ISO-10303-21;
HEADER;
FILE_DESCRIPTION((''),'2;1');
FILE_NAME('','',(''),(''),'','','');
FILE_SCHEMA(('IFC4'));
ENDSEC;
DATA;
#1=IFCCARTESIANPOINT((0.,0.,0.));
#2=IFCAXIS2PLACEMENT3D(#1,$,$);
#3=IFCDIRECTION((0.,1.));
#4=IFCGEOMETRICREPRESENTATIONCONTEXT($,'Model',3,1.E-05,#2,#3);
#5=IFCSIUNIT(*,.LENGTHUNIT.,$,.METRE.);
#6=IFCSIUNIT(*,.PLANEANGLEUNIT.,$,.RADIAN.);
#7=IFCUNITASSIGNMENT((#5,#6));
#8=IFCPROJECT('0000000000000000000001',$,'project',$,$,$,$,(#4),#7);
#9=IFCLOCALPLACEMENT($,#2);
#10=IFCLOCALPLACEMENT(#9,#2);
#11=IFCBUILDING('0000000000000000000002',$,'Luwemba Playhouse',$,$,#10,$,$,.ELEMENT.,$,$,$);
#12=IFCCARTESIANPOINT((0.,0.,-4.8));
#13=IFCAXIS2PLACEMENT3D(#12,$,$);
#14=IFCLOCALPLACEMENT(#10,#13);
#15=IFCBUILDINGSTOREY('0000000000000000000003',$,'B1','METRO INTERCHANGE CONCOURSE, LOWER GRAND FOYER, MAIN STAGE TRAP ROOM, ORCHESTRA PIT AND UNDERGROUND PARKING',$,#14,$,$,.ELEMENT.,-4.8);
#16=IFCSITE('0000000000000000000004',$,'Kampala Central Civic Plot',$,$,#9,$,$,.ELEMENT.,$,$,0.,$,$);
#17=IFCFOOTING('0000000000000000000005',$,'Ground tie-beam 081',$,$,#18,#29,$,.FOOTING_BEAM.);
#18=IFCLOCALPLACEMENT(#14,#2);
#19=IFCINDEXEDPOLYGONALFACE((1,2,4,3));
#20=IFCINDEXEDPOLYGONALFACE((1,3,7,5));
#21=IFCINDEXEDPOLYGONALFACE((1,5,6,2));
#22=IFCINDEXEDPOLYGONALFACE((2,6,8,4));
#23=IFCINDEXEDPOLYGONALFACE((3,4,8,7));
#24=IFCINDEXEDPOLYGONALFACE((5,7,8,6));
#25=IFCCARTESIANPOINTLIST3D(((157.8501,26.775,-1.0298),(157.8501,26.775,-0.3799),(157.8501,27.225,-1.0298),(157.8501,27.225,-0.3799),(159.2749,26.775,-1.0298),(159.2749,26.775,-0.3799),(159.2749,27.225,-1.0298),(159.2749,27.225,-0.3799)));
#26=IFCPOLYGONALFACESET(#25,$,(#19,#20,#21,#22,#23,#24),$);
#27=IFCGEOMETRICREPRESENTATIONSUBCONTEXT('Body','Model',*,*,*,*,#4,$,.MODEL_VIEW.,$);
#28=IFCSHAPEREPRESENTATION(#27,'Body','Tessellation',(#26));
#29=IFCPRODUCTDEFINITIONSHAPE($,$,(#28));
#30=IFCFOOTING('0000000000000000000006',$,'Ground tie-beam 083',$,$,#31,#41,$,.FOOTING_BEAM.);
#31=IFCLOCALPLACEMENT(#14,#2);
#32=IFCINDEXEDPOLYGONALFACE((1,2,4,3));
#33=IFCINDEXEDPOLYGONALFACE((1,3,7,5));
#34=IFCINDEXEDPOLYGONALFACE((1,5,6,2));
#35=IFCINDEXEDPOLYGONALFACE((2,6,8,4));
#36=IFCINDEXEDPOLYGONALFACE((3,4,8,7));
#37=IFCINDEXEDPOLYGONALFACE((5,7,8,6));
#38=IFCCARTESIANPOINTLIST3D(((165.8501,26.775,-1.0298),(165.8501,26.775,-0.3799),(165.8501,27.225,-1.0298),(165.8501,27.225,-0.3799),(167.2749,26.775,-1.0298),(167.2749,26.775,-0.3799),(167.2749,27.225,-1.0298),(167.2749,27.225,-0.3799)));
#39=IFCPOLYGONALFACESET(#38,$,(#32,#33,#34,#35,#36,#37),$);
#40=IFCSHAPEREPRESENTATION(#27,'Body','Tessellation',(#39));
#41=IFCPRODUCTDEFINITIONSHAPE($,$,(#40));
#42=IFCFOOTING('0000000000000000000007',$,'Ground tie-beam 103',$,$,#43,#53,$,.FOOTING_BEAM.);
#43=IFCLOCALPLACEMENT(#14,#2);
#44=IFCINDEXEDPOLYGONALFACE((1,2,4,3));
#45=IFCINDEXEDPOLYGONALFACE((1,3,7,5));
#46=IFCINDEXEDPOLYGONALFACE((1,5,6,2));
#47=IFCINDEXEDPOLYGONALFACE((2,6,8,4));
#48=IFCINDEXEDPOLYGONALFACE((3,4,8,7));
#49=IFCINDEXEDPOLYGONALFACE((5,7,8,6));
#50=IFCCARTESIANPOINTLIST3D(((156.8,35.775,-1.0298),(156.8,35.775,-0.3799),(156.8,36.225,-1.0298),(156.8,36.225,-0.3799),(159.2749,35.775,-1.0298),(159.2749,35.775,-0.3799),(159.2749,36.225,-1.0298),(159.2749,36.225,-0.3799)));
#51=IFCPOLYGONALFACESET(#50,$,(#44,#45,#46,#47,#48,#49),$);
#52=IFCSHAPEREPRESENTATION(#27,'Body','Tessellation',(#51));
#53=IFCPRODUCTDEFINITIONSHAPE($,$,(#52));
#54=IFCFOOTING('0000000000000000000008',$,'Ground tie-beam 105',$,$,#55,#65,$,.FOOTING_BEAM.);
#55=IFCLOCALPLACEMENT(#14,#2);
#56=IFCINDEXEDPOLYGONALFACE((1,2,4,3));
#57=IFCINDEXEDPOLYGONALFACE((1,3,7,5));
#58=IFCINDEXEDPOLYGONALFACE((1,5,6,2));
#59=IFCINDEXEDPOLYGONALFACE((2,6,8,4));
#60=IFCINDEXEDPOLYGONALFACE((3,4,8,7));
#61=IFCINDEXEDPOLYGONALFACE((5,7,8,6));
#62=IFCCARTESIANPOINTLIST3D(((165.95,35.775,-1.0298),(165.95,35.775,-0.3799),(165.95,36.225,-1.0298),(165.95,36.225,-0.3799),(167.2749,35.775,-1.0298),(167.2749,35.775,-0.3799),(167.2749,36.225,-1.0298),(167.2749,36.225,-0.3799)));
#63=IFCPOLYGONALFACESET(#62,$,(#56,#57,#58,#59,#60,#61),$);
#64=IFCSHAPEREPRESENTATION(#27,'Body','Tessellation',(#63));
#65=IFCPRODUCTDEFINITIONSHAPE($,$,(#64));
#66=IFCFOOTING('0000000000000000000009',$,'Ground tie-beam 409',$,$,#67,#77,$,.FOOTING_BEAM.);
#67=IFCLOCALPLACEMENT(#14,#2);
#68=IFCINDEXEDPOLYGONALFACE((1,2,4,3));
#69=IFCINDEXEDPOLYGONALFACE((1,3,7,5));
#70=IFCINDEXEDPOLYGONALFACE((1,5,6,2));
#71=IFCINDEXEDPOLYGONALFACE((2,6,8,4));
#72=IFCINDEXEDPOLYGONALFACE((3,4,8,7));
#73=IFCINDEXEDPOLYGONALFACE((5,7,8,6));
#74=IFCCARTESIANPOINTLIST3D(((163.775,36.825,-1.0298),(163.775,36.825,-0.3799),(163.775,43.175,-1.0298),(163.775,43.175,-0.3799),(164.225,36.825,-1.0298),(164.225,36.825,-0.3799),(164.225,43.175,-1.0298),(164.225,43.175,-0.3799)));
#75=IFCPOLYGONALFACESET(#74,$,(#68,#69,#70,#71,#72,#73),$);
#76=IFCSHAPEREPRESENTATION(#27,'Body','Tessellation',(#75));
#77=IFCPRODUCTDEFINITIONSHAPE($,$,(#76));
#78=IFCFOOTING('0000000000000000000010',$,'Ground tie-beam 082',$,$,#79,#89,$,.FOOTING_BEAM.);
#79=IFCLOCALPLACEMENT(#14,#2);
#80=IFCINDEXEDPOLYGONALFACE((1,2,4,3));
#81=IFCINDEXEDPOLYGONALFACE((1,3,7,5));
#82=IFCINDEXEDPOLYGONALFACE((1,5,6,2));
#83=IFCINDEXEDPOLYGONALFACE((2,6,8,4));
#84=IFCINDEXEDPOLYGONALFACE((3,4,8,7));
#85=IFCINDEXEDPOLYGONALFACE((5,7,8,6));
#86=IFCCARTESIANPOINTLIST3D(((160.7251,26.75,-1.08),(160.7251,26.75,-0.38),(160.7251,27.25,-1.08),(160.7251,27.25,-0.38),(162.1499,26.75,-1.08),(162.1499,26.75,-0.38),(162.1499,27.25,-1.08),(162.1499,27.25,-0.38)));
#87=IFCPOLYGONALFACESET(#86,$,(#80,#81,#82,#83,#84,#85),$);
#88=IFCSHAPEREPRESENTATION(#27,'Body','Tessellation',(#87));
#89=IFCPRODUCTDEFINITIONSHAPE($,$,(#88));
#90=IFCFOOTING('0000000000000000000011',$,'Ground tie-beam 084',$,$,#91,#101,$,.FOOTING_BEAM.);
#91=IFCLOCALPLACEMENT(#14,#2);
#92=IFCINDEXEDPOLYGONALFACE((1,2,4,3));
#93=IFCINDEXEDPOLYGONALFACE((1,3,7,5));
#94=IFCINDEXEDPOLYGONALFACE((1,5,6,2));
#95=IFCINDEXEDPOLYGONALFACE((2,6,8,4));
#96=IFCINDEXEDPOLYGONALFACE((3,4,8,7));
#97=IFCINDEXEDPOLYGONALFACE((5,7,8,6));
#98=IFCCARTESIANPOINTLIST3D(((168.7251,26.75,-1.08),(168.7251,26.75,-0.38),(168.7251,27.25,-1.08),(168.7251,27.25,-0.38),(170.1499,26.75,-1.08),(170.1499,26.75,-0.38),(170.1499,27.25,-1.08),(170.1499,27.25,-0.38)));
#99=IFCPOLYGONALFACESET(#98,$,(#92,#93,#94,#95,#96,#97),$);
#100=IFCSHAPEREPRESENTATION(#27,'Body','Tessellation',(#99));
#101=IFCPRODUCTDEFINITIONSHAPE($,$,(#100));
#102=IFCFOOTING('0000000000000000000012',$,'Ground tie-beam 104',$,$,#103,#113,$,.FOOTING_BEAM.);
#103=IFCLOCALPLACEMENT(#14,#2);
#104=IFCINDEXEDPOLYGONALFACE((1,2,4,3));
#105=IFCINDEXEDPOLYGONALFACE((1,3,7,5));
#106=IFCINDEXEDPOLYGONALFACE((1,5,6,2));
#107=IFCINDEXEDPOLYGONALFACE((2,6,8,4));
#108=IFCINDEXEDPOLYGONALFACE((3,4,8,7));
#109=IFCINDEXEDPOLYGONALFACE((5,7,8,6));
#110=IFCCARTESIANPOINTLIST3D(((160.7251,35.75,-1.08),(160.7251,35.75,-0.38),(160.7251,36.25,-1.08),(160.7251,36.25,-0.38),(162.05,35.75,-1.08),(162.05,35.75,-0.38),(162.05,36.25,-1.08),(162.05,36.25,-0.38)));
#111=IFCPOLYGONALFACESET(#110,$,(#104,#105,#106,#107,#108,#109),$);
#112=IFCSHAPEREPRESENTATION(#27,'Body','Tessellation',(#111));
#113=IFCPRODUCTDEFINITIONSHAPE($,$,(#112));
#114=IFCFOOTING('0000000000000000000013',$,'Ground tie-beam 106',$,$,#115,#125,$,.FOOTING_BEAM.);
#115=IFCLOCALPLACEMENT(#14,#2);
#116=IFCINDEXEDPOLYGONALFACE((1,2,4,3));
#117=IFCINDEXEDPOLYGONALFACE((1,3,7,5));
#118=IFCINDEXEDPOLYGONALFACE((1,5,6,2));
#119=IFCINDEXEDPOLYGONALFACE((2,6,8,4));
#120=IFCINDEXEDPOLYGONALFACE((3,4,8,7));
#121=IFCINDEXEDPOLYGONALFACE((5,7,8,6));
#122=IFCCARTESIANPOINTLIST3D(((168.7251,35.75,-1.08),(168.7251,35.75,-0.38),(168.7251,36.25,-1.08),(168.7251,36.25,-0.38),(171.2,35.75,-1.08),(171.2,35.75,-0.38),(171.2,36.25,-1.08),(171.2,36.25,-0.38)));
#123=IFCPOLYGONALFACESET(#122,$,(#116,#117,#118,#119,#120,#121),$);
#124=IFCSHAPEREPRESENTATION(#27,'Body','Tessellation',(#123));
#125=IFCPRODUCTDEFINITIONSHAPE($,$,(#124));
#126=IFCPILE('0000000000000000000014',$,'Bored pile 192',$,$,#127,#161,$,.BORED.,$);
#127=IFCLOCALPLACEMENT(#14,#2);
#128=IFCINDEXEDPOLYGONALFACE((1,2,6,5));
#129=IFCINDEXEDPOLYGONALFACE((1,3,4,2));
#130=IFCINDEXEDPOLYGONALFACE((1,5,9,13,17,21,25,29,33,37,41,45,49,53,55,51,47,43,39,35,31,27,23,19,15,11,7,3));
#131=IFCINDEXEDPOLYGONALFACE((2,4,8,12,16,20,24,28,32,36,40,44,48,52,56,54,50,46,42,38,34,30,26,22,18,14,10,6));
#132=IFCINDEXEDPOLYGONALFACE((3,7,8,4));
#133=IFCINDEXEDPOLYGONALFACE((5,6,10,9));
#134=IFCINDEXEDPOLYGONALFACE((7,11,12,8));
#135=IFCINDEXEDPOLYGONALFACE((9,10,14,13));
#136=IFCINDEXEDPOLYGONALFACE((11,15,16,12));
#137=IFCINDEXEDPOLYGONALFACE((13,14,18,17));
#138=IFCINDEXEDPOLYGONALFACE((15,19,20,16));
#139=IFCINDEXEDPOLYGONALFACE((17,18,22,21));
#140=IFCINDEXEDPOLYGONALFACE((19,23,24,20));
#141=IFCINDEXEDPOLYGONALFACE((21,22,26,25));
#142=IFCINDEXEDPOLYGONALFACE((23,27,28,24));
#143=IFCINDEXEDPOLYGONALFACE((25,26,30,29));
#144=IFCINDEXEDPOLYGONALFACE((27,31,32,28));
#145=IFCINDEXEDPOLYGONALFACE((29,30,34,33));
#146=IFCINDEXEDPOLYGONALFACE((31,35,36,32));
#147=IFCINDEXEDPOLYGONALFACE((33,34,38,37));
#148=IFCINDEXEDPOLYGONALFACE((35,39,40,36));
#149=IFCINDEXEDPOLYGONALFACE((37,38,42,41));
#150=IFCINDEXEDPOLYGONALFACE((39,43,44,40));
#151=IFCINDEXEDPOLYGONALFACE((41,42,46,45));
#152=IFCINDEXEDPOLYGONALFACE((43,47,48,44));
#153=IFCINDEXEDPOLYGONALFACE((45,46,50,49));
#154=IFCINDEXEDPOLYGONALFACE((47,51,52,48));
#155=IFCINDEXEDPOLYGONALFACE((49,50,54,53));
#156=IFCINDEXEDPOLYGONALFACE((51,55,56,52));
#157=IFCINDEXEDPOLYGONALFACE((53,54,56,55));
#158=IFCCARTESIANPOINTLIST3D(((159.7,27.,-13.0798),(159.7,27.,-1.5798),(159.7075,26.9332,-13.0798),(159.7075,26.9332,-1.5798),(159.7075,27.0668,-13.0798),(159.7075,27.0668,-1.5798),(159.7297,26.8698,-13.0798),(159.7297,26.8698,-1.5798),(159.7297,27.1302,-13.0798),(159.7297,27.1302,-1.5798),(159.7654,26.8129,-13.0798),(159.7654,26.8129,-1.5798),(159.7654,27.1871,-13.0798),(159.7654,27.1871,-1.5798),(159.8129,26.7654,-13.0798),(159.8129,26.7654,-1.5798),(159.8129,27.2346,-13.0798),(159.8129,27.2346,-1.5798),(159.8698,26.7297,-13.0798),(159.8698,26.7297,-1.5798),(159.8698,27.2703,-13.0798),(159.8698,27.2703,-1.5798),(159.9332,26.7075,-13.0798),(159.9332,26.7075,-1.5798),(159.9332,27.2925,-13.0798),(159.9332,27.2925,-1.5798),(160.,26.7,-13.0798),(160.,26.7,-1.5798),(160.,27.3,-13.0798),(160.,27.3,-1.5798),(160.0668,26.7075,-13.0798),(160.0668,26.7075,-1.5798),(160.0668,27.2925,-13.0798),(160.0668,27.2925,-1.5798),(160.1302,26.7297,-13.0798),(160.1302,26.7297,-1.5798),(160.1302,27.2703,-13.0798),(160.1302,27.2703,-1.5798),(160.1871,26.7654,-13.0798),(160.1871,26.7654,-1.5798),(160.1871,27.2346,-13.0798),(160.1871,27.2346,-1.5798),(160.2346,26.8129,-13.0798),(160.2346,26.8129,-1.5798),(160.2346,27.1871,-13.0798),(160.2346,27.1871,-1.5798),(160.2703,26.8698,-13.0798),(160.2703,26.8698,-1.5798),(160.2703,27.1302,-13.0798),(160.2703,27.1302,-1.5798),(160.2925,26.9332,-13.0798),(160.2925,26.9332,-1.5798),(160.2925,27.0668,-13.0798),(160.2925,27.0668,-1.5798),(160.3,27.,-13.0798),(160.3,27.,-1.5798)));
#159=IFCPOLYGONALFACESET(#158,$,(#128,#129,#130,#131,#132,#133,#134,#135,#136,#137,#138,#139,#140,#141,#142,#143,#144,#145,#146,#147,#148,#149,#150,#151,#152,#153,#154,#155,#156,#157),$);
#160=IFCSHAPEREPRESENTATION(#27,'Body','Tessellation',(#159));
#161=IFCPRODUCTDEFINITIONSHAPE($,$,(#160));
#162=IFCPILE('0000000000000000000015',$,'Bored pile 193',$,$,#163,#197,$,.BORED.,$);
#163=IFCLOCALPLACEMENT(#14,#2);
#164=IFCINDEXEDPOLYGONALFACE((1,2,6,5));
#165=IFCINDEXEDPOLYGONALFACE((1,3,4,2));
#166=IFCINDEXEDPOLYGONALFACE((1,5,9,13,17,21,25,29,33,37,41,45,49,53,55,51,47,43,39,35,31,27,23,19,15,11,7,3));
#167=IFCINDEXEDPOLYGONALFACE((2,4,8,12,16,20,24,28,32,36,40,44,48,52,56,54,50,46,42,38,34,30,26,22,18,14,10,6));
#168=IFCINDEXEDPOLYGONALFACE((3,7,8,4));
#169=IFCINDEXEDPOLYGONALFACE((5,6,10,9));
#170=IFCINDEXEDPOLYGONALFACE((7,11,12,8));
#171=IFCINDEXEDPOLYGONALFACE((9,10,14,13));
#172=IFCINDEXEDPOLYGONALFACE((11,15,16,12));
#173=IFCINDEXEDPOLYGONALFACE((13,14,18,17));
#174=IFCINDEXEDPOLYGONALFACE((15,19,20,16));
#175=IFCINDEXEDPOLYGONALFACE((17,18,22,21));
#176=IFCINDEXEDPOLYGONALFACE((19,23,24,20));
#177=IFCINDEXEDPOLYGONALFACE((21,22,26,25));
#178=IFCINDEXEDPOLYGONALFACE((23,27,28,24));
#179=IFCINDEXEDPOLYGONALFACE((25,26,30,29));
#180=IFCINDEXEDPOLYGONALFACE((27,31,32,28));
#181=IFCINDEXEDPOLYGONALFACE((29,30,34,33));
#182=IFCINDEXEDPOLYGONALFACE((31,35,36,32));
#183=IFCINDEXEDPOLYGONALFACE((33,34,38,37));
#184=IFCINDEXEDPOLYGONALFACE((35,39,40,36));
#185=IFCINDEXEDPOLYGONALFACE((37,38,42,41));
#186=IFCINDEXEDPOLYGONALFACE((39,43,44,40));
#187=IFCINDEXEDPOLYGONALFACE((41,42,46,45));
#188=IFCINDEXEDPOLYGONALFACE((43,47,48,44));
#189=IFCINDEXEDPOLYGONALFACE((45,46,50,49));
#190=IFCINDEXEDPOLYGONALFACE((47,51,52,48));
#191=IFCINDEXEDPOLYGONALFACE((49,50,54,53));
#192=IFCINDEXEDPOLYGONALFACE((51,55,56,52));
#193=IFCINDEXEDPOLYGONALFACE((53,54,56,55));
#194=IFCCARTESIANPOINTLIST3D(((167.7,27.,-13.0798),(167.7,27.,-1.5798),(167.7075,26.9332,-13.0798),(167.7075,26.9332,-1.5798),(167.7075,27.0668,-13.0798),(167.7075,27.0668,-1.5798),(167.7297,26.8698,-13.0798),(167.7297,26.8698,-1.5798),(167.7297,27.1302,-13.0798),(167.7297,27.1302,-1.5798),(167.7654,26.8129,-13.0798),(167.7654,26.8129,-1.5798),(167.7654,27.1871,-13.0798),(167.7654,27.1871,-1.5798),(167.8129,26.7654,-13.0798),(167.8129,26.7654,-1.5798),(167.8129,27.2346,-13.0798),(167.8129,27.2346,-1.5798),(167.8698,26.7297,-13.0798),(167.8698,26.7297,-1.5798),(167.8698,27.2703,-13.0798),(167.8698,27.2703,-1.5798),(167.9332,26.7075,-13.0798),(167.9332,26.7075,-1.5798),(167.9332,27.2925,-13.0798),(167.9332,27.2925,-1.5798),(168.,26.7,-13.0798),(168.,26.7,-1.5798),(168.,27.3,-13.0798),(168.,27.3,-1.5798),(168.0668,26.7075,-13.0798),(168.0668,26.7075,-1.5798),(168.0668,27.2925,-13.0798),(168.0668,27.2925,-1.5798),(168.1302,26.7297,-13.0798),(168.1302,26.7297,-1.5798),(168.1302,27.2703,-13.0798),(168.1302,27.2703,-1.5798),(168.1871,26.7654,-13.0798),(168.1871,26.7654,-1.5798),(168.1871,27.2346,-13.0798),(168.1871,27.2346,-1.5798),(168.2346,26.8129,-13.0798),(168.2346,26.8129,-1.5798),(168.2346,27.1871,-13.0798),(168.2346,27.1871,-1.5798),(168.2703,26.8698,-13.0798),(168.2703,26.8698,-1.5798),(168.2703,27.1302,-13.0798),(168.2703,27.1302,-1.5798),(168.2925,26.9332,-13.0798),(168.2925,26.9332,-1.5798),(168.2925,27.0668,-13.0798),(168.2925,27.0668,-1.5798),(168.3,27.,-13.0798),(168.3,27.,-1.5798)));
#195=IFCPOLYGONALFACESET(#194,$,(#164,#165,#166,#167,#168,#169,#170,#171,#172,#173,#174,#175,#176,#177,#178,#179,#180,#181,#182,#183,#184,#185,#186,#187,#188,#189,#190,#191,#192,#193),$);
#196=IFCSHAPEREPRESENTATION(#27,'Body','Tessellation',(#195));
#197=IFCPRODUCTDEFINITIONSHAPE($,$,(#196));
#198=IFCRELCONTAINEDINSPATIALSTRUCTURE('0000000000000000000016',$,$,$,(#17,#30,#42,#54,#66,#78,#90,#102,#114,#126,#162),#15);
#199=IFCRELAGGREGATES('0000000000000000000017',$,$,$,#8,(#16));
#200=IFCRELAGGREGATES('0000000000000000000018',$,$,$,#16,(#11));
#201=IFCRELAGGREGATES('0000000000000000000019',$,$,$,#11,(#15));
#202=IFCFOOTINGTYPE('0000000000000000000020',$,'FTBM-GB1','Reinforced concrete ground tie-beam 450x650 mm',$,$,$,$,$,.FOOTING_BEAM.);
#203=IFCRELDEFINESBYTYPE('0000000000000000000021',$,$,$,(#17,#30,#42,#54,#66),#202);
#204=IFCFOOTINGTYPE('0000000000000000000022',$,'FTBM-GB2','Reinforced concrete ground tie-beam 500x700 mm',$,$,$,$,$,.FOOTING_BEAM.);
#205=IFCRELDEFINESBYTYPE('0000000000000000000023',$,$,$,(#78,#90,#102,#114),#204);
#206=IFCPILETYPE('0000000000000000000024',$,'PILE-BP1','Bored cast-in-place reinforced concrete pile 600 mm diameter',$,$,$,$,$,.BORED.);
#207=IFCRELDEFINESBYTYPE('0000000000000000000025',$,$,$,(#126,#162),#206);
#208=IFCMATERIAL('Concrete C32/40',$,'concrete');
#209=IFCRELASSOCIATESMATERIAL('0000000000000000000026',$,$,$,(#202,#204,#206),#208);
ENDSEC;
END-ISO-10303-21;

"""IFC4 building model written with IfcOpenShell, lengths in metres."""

from ifc_helpers import new_model, si_unit, direction, frame, origin, origin_2d, place, context, subcontext, project, spatial, rectangle, circle, extrude, material, material_profile, profile_set, type_object, element, save


model = new_model("IFC4")

# Units and contexts
model_context = context("Model", 3, precision=1e-05, world=origin(), true_north=direction((0.0, 1.0)))
body_context = subcontext(model_context, "Body", "Model", "MODEL_VIEW")
ifc_project = project(units=[si_unit("LENGTHUNIT", "METRE"), si_unit("PLANEANGLEUNIT", "RADIAN")], contexts=[model_context])

# Site, building, storey
site_placement = place(None, origin())
site = spatial("IfcSite", under=ifc_project, at=site_placement, Name="Kampala Central Civic Plot", CompositionType="ELEMENT", RefElevation=0.0)
building_placement = place(site_placement, origin())
building = spatial("IfcBuilding", under=site, at=building_placement, Name="Luwemba Playhouse", CompositionType="ELEMENT")
storey_placement = place(building_placement, frame((0.0, 0.0, -4.8)))
storey = spatial("IfcBuildingStorey", under=building, at=storey_placement, Name="B1", Description="METRO INTERCHANGE CONCOURSE, LOWER GRAND FOYER, MAIN STAGE TRAP ROOM, ORCHESTRA PIT AND UNDERGROUND PARKING", CompositionType="ELEMENT", Elevation=-4.8)

# Footings
ifc_material_1 = material(Name="Concrete C32/40", Category="concrete")
ifc_material_profile_1 = material_profile(ifc_material_1, rectangle(XDim=0.45, YDim=0.6499, at=origin_2d()))
ifc_profile_set_1 = profile_set([ifc_material_profile_1], Name="Concrete C32/40")
footing_type_1 = type_object("IfcFootingType", Name="FTBM-GB1", Description="Reinforced concrete ground tie-beam 450x650 mm", PredefinedType="FOOTING_BEAM", material=ifc_profile_set_1)
for number, where, z_axis, x_axis, name in (
    (1, (157.8501, 27.0, -0.7048), (1.0, 0.0, 0.0), (0.0, 1.0, 0.0), "Ground tie-beam 081"),
    (2, (165.8501, 27.0, -0.7048), (1.0, 0.0, 0.0), (0.0, 1.0, 0.0), "Ground tie-beam 083"),
):
    element("IfcFooting", number, at=place(storey_placement, frame(where, z_axis=z_axis, x_axis=x_axis)), inside=storey, type_object=footing_type_1, Name=name, PredefinedType="FOOTING_BEAM", context=body_context, shape_type="SweptSolid", body=[
        extrude(rectangle(XDim=0.45, YDim=0.6499, at=origin_2d()), origin(), (0.0, 0.0, 1.0), 1.4248),
    ])
footing_1_placement = place(storey_placement, frame((156.8, 36.0, -0.7048), z_axis=(1.0, 0.0, 0.0), x_axis=(0.0, 1.0, 0.0)))
element("IfcFooting", 3, at=footing_1_placement, inside=storey, type_object=footing_type_1, Name="Ground tie-beam 103", PredefinedType="FOOTING_BEAM", context=body_context, shape_type="SweptSolid", body=[
    extrude(rectangle(XDim=0.45, YDim=0.6499, at=origin_2d()), origin(), (0.0, 0.0, 1.0), 2.4749),
])
footing_2_placement = place(storey_placement, frame((165.95, 36.0, -0.7048), z_axis=(1.0, 0.0, 0.0), x_axis=(0.0, 1.0, 0.0)))
element("IfcFooting", 4, at=footing_2_placement, inside=storey, type_object=footing_type_1, Name="Ground tie-beam 105", PredefinedType="FOOTING_BEAM", context=body_context, shape_type="SweptSolid", body=[
    extrude(rectangle(XDim=0.45, YDim=0.6499, at=origin_2d()), origin(), (0.0, 0.0, 1.0), 1.325),
])
footing_3_placement = place(storey_placement, frame((164.0, 36.825, -0.7048), z_axis=(0.0, 1.0, 0.0), x_axis=(-1.0, 0.0, 0.0)))
element("IfcFooting", 5, at=footing_3_placement, inside=storey, type_object=footing_type_1, Name="Ground tie-beam 409", PredefinedType="FOOTING_BEAM", context=body_context, shape_type="SweptSolid", body=[
    extrude(rectangle(XDim=0.45, YDim=0.6499, at=origin_2d()), origin(), (0.0, 0.0, 1.0), 6.3501),
])
ifc_material_profile_2 = material_profile(ifc_material_1, rectangle(XDim=0.5, YDim=0.7, at=origin_2d()))
ifc_profile_set_2 = profile_set([ifc_material_profile_2], Name="Concrete C32/40")
footing_type_2 = type_object("IfcFootingType", Name="FTBM-GB2", Description="Reinforced concrete ground tie-beam 500x700 mm", PredefinedType="FOOTING_BEAM", material=ifc_profile_set_2)
for number, where, z_axis, x_axis, name in (
    (6, (160.7251, 27.0, -0.73), (1.0, 0.0, 0.0), (0.0, 1.0, 0.0), "Ground tie-beam 082"),
    (7, (168.7251, 27.0, -0.73), (1.0, 0.0, 0.0), (0.0, 1.0, 0.0), "Ground tie-beam 084"),
):
    element("IfcFooting", number, at=place(storey_placement, frame(where, z_axis=z_axis, x_axis=x_axis)), inside=storey, type_object=footing_type_2, Name=name, PredefinedType="FOOTING_BEAM", context=body_context, shape_type="SweptSolid", body=[
        extrude(rectangle(XDim=0.5, YDim=0.7, at=origin_2d()), origin(), (0.0, 0.0, 1.0), 1.4248),
    ])
footing_4_placement = place(storey_placement, frame((160.7251, 36.0, -0.73), z_axis=(1.0, 0.0, 0.0), x_axis=(0.0, 1.0, 0.0)))
element("IfcFooting", 8, at=footing_4_placement, inside=storey, type_object=footing_type_2, Name="Ground tie-beam 104", PredefinedType="FOOTING_BEAM", context=body_context, shape_type="SweptSolid", body=[
    extrude(rectangle(XDim=0.5, YDim=0.7, at=origin_2d()), origin(), (0.0, 0.0, 1.0), 1.325),
])
footing_5_placement = place(storey_placement, frame((168.7251, 36.0, -0.73), z_axis=(1.0, 0.0, 0.0), x_axis=(0.0, 1.0, 0.0)))
element("IfcFooting", 9, at=footing_5_placement, inside=storey, type_object=footing_type_2, Name="Ground tie-beam 106", PredefinedType="FOOTING_BEAM", context=body_context, shape_type="SweptSolid", body=[
    extrude(rectangle(XDim=0.5, YDim=0.7, at=origin_2d()), origin(), (0.0, 0.0, 1.0), 2.4749),
])

# Piles
ifc_material_profile_3 = material_profile(ifc_material_1, circle(Radius=0.3, at=origin_2d()))
ifc_profile_set_3 = profile_set([ifc_material_profile_3], Name="Concrete C32/40")
pile_type_1 = type_object("IfcPileType", Name="PILE-BP1", Description="Bored cast-in-place reinforced concrete pile 600 mm diameter", PredefinedType="BORED", material=ifc_profile_set_3)
for number, where, z_axis, x_axis, name in (
    (10, (160.0, 27.0, -1.5798), (0.0, 0.0, -1.0), (1.0, 0.0, 0.0), "Bored pile 192"),
    (11, (168.0, 27.0, -1.5798), (0.0, 0.0, -1.0), (1.0, 0.0, 0.0), "Bored pile 193"),
):
    element("IfcPile", number, at=place(storey_placement, frame(where, z_axis=z_axis, x_axis=x_axis)), inside=storey, type_object=pile_type_1, Name=name, PredefinedType="BORED", context=body_context, shape_type="SweptSolid", body=[
        extrude(circle(Radius=0.3, at=origin_2d()), origin(), (0.0, 0.0, 1.0), 11.5),
    ])

save(model, "model.ifc")
